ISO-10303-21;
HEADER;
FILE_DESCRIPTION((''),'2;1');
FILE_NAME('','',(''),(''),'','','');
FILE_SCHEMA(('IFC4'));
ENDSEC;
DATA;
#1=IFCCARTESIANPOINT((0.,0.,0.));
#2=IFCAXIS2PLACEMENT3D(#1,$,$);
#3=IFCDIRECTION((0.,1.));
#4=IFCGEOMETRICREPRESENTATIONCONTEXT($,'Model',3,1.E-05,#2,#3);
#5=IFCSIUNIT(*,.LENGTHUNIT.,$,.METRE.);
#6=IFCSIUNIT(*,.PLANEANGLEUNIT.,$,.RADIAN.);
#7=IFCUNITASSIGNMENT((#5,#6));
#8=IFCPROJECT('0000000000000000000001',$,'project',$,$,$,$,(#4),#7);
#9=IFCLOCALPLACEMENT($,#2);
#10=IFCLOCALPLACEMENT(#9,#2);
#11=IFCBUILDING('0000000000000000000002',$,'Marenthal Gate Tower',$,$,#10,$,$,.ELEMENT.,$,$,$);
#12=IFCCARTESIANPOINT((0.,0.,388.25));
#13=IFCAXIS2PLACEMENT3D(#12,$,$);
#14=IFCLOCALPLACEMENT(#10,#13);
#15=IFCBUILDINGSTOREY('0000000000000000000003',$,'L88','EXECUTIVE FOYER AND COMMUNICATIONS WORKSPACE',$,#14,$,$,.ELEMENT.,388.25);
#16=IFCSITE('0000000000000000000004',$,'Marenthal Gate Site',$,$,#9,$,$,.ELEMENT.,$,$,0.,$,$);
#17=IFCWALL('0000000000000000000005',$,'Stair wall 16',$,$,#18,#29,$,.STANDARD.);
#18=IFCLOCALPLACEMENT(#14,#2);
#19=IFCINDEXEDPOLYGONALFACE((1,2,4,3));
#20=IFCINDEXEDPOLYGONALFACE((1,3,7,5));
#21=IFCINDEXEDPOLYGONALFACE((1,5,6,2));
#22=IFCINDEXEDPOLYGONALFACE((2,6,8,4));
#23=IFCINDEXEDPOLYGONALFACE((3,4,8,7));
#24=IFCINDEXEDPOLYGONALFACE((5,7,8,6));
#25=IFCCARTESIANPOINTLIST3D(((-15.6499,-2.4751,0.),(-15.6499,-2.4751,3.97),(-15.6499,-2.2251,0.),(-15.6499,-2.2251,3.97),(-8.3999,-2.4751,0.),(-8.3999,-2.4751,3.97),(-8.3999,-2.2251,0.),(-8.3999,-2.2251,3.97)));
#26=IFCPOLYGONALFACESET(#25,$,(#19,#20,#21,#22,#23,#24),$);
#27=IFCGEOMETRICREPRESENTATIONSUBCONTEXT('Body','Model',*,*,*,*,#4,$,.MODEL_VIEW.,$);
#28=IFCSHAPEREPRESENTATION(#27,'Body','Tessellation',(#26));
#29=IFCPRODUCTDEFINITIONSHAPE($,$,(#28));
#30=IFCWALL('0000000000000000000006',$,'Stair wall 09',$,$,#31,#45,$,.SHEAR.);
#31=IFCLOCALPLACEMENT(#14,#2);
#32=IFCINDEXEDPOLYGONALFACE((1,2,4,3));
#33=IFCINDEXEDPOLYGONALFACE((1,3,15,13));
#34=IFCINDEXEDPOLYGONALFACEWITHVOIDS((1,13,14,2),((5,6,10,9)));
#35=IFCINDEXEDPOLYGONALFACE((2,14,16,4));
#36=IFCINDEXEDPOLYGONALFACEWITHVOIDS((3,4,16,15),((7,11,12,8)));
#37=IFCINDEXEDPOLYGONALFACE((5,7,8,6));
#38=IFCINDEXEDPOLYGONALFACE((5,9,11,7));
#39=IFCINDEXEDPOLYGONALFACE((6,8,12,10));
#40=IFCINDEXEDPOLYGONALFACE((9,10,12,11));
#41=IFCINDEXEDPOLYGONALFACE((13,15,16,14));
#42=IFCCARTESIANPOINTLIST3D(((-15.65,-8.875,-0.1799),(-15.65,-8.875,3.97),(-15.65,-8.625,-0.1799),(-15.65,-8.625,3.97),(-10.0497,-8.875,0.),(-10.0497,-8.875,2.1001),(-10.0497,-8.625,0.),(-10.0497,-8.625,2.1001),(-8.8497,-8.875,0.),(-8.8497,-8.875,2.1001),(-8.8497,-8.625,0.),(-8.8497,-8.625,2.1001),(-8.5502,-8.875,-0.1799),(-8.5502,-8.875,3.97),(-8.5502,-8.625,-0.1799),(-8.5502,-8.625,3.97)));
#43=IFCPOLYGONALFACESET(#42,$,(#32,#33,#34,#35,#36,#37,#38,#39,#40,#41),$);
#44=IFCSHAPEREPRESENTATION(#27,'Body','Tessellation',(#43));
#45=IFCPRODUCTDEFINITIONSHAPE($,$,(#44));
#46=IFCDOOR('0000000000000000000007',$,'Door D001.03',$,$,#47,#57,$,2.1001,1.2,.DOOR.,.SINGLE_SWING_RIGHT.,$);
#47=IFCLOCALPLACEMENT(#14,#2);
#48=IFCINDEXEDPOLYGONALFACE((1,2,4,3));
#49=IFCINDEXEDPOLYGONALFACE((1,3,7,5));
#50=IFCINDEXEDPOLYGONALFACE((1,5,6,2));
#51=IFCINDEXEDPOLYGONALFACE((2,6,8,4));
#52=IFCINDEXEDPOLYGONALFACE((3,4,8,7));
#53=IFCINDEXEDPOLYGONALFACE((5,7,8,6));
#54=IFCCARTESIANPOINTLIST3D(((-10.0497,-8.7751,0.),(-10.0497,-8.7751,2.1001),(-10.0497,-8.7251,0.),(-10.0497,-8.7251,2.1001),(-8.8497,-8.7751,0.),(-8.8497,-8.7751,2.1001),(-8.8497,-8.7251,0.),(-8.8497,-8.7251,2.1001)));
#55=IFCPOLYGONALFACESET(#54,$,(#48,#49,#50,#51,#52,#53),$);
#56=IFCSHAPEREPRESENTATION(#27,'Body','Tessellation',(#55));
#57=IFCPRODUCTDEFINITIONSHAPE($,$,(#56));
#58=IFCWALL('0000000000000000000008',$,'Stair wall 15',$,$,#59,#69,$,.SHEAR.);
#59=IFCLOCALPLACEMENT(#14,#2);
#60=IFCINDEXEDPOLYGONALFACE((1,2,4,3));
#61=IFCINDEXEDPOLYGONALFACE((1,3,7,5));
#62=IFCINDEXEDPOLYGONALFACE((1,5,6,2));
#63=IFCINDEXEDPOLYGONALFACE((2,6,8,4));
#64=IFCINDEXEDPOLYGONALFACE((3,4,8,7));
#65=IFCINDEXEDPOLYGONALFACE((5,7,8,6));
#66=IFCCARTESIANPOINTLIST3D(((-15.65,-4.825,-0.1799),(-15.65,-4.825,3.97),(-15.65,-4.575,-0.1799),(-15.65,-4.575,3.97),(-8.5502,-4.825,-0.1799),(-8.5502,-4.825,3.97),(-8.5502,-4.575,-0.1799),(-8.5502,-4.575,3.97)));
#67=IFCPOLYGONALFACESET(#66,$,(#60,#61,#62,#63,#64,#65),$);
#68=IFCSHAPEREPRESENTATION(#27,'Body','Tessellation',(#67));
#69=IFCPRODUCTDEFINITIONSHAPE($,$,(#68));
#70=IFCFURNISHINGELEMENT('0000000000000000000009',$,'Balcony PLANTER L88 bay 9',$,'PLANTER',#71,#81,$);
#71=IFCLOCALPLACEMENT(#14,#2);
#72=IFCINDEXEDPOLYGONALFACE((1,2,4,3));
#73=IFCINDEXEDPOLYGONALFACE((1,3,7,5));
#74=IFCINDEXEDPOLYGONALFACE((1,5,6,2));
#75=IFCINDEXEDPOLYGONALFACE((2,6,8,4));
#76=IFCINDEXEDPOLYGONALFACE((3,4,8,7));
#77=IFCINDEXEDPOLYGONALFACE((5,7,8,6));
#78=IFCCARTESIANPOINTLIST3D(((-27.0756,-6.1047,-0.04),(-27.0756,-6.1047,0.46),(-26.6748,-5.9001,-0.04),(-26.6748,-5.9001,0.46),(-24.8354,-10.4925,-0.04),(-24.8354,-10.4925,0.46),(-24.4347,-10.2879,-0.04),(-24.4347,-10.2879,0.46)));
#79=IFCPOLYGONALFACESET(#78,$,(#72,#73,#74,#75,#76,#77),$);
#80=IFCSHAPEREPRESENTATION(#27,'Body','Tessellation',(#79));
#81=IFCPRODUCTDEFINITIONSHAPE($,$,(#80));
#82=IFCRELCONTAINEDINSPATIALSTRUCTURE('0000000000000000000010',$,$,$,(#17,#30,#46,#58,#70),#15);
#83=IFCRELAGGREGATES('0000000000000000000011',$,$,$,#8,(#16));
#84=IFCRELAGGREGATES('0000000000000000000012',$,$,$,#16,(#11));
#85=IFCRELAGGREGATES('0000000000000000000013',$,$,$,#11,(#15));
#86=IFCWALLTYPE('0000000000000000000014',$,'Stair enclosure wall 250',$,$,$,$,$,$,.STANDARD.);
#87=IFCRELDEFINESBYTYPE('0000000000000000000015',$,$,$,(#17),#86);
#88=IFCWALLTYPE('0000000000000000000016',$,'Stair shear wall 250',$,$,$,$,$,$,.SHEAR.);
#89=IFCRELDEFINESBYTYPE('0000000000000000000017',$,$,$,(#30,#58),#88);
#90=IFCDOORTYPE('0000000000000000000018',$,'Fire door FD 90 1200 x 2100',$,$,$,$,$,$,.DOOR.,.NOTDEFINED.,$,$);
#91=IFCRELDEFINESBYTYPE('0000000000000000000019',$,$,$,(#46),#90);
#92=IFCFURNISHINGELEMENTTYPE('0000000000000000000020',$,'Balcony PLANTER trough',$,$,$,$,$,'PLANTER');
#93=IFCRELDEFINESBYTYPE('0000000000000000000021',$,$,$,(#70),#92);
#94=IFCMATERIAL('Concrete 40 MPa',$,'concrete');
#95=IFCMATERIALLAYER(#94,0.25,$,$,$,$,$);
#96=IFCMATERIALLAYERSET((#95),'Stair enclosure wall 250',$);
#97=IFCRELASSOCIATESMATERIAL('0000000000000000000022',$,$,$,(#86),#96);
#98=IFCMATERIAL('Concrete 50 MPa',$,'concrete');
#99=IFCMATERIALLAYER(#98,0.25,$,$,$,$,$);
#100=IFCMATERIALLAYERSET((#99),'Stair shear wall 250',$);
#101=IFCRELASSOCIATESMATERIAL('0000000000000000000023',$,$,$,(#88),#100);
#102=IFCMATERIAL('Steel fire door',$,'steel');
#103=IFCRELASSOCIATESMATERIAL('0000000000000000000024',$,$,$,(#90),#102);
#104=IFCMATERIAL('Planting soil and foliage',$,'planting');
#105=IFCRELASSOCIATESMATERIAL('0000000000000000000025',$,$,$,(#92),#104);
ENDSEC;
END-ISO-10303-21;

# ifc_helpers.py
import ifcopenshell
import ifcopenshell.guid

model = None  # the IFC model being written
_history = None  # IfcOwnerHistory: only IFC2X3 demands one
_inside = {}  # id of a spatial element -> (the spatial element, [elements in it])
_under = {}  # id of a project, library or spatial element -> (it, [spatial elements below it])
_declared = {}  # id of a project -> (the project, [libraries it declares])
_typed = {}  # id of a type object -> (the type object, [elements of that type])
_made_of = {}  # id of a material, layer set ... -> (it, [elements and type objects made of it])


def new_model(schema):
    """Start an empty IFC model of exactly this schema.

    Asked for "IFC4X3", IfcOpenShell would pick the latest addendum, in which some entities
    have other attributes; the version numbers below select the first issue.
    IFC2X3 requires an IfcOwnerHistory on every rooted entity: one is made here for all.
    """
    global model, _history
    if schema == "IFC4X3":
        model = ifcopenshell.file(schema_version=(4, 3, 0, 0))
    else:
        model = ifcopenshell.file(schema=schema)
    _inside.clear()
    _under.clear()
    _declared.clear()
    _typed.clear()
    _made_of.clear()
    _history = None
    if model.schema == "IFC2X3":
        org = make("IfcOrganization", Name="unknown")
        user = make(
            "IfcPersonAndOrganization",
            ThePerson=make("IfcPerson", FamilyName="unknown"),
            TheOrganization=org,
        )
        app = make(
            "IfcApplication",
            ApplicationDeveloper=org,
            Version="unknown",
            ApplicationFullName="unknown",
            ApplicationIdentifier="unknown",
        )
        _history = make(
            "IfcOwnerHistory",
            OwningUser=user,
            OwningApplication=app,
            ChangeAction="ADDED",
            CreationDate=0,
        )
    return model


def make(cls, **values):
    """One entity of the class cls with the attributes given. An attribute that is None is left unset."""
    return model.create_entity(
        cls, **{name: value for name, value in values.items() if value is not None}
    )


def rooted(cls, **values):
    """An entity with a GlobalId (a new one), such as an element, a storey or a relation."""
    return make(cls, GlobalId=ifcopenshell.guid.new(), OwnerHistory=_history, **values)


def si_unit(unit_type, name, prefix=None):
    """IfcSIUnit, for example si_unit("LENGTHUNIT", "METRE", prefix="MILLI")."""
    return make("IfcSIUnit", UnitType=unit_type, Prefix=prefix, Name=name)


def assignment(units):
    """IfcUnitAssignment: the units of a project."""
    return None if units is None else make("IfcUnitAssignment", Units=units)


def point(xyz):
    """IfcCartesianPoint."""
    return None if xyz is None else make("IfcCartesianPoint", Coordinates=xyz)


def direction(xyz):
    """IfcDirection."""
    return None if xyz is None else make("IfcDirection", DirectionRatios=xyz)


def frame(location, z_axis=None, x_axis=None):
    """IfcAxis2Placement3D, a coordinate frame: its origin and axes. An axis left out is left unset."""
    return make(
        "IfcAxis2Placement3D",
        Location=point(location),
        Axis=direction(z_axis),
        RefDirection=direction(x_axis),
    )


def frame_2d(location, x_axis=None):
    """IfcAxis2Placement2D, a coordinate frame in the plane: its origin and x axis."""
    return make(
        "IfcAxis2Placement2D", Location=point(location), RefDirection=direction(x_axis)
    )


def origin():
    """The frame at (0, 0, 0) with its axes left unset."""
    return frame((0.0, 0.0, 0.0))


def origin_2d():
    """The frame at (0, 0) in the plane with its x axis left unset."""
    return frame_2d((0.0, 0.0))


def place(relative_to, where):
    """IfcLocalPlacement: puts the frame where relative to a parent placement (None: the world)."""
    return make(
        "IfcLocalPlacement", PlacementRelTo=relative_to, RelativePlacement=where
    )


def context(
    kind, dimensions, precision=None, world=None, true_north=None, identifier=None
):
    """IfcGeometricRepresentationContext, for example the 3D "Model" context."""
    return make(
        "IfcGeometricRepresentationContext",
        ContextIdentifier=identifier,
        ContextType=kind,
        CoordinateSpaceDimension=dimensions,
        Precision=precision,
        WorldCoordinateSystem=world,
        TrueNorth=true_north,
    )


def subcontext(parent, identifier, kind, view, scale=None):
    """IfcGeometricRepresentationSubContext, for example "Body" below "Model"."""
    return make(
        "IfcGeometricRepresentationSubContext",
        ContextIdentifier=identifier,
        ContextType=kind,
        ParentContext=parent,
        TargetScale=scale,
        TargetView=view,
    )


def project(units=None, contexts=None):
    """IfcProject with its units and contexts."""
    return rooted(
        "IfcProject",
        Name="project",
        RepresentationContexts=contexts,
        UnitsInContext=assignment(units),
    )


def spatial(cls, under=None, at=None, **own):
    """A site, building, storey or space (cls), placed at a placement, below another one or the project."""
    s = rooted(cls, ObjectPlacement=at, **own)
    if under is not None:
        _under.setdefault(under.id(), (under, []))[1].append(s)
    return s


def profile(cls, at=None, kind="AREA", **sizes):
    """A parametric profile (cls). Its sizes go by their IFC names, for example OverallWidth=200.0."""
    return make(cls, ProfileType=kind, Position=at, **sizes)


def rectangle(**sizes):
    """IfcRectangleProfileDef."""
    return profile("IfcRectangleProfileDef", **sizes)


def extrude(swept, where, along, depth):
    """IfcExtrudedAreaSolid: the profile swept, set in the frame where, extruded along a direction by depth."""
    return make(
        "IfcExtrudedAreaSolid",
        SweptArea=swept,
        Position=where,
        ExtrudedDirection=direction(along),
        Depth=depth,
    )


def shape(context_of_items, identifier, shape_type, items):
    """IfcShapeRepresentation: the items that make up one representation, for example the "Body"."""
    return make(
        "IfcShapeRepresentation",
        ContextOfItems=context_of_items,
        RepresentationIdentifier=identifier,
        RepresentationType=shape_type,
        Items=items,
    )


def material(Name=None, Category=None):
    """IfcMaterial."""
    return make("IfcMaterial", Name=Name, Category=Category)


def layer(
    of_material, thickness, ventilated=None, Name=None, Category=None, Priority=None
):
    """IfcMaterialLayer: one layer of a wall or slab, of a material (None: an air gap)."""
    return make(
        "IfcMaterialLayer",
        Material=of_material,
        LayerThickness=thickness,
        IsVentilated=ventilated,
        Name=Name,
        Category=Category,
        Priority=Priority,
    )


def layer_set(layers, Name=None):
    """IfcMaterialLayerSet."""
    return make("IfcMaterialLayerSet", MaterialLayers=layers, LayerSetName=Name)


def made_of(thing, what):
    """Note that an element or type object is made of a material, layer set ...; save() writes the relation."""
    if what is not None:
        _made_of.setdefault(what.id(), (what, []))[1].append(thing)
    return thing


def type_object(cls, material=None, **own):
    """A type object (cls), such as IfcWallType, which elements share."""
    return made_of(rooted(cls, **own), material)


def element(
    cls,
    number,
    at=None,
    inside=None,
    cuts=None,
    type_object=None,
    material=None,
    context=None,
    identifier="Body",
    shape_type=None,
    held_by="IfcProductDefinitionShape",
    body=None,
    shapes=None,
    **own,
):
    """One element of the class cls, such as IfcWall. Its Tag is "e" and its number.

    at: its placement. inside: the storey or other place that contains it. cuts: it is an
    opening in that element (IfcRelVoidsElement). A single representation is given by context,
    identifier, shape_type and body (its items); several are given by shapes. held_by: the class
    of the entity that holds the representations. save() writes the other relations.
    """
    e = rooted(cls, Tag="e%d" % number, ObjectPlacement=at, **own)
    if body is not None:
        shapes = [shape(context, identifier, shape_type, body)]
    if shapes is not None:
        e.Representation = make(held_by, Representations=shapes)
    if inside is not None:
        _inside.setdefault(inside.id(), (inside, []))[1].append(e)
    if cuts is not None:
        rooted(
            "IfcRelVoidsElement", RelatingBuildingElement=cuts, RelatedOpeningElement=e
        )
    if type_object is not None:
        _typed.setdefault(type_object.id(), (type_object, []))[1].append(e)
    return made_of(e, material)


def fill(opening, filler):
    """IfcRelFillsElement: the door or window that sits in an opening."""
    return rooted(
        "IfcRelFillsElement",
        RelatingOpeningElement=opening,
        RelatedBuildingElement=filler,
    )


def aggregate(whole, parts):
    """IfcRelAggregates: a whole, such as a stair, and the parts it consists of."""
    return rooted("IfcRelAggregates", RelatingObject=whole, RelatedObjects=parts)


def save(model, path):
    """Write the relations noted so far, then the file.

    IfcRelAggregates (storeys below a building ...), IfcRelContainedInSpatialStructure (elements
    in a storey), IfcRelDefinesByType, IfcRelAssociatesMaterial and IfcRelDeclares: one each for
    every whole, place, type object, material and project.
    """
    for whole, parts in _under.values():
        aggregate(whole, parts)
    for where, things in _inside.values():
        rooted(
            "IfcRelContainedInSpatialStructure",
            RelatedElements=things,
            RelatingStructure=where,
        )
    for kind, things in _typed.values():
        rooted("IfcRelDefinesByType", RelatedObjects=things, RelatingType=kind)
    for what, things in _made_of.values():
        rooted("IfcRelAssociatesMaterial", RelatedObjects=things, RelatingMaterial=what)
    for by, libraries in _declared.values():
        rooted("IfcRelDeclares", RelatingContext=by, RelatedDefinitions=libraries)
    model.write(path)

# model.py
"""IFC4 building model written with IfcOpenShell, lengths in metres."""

from ifc_helpers import new_model, si_unit, direction, frame, frame_2d, origin, origin_2d, place, context, subcontext, project, spatial, rectangle, extrude, material, layer, layer_set, type_object, element, fill, save


model = new_model("IFC4")

# Units and contexts
model_context = context("Model", 3, precision=1e-05, world=origin(), true_north=direction((0.0, 1.0)))
body_context = subcontext(model_context, "Body", "Model", "MODEL_VIEW")
ifc_project = project(units=[si_unit("LENGTHUNIT", "METRE"), si_unit("PLANEANGLEUNIT", "RADIAN")], contexts=[model_context])

# Site, building, storey
site_placement = place(None, origin())
site = spatial("IfcSite", under=ifc_project, at=site_placement, Name="Marenthal Gate Site", CompositionType="ELEMENT", RefElevation=0.0)
building_placement = place(site_placement, origin())
building = spatial("IfcBuilding", under=site, at=building_placement, Name="Marenthal Gate Tower", CompositionType="ELEMENT")
storey_placement = place(building_placement, frame((0.0, 0.0, 388.25)))
storey = spatial("IfcBuildingStorey", under=building, at=storey_placement, Name="L88", Description="EXECUTIVE FOYER AND COMMUNICATIONS WORKSPACE", CompositionType="ELEMENT", Elevation=388.25)

# Wall
ifc_material_1 = material(Name="Concrete 40 MPa", Category="concrete")
ifc_layer_1 = layer(ifc_material_1, 0.25)
ifc_layer_set_1 = layer_set([ifc_layer_1], Name="Stair enclosure wall 250")
wall_type_1 = type_object("IfcWallType", Name="Stair enclosure wall 250", PredefinedType="STANDARD", material=ifc_layer_set_1)
wall_1_placement = place(storey_placement, frame((-15.6499, -2.3501, 0.0), z_axis=(0.0, 0.0, 1.0), x_axis=(1.0, 0.0, 0.0)))
element("IfcWall", 1, at=wall_1_placement, inside=storey, type_object=wall_type_1, Name="Stair wall 16", PredefinedType="STANDARD", context=body_context, shape_type="SweptSolid", body=[
    extrude(rectangle(XDim=7.25, YDim=0.25, at=frame_2d((3.625, 0.0))), origin(), (0.0, 0.0, 1.0), 3.97),
])

# Wall, opening, door
ifc_material_2 = material(Name="Concrete 50 MPa", Category="concrete")
ifc_layer_2 = layer(ifc_material_2, 0.25)
ifc_layer_set_2 = layer_set([ifc_layer_2], Name="Stair shear wall 250")
wall_type_2 = type_object("IfcWallType", Name="Stair shear wall 250", PredefinedType="SHEAR", material=ifc_layer_set_2)
wall_2_placement = place(storey_placement, frame((-15.6499, -8.75, -0.1799), z_axis=(0.0, 0.0, 1.0), x_axis=(1.0, 0.0, 0.0)))
wall_2 = element("IfcWall", 2, at=wall_2_placement, inside=storey, type_object=wall_type_2, Name="Stair wall 09", PredefinedType="SHEAR", context=body_context, shape_type="SweptSolid", body=[
    extrude(rectangle(XDim=7.0999, YDim=0.25, at=frame_2d((3.5498, 0.0))), origin(), (0.0, 0.0, 1.0), 4.1499),
])
opening_1_placement = place(wall_2_placement, frame((5.6001, 0.0, 0.1799)))
opening_1 = element("IfcOpeningElement", 3, at=opening_1_placement, cuts=wall_2, PredefinedType="OPENING", context=body_context, shape_type="SweptSolid", body=[
    extrude(rectangle(XDim=1.2, YDim=2.1001, at=frame_2d((0.6001, 1.05))), frame((0.0, 0.135, 0.0), z_axis=(0.0, -1.0, 0.0), x_axis=(1.0, 0.0, 0.0)), (0.0, 0.0, 1.0), 0.27),
])
ifc_material_3 = material(Name="Steel fire door", Category="steel")
door_type_1 = type_object("IfcDoorType", Name="Fire door FD 90 1200 x 2100", OperationType="NOTDEFINED", PredefinedType="DOOR", material=ifc_material_3)
door_1_placement = place(opening_1_placement, origin())
door_1 = element("IfcDoor", 4, at=door_1_placement, inside=storey, type_object=door_type_1, Name="Door D001.03", OperationType="SINGLE_SWING_RIGHT", OverallHeight=2.1001, OverallWidth=1.2, PredefinedType="DOOR", context=body_context, shape_type="SweptSolid", body=[
    extrude(rectangle(XDim=1.2, YDim=2.1001, at=frame_2d((0.6001, 1.05))), frame((0.0, 0.0249, 0.0), z_axis=(0.0, -1.0, 0.0), x_axis=(1.0, 0.0, 0.0)), (0.0, 0.0, 1.0), 0.05),
])
fill(opening_1, door_1)

# Wall
wall_3_placement = place(storey_placement, frame((-15.6499, -4.7, -0.1799), z_axis=(0.0, 0.0, 1.0), x_axis=(1.0, 0.0, 0.0)))
element("IfcWall", 5, at=wall_3_placement, inside=storey, type_object=wall_type_2, Name="Stair wall 15", PredefinedType="SHEAR", context=body_context, shape_type="SweptSolid", body=[
    extrude(rectangle(XDim=7.0999, YDim=0.25, at=frame_2d((3.5498, 0.0))), origin(), (0.0, 0.0, 1.0), 4.1499),
])

# Furnishing element
ifc_material_4 = material(Name="Planting soil and foliage", Category="planting")
furnishing_element_type = type_object("IfcFurnishingElementType", Name="Balcony PLANTER trough", ElementType="PLANTER", material=ifc_material_4)
furnishing_placement = place(storey_placement, frame((-25.7551, -8.1963, -0.04), z_axis=(0.0, 0.0, 1.0), x_axis=(0.454706, -0.890642, 0.0)))
element("IfcFurnishingElement", 6, at=furnishing_placement, inside=storey, type_object=furnishing_element_type, Name="Balcony PLANTER L88 bay 9", ObjectType="PLANTER", context=body_context, shape_type="SweptSolid", body=[
    extrude(rectangle(XDim=4.9265, YDim=0.45, at=origin_2d()), origin(), (0.0, 0.0, 1.0), 0.5),
])

save(model, "model.ifc")
